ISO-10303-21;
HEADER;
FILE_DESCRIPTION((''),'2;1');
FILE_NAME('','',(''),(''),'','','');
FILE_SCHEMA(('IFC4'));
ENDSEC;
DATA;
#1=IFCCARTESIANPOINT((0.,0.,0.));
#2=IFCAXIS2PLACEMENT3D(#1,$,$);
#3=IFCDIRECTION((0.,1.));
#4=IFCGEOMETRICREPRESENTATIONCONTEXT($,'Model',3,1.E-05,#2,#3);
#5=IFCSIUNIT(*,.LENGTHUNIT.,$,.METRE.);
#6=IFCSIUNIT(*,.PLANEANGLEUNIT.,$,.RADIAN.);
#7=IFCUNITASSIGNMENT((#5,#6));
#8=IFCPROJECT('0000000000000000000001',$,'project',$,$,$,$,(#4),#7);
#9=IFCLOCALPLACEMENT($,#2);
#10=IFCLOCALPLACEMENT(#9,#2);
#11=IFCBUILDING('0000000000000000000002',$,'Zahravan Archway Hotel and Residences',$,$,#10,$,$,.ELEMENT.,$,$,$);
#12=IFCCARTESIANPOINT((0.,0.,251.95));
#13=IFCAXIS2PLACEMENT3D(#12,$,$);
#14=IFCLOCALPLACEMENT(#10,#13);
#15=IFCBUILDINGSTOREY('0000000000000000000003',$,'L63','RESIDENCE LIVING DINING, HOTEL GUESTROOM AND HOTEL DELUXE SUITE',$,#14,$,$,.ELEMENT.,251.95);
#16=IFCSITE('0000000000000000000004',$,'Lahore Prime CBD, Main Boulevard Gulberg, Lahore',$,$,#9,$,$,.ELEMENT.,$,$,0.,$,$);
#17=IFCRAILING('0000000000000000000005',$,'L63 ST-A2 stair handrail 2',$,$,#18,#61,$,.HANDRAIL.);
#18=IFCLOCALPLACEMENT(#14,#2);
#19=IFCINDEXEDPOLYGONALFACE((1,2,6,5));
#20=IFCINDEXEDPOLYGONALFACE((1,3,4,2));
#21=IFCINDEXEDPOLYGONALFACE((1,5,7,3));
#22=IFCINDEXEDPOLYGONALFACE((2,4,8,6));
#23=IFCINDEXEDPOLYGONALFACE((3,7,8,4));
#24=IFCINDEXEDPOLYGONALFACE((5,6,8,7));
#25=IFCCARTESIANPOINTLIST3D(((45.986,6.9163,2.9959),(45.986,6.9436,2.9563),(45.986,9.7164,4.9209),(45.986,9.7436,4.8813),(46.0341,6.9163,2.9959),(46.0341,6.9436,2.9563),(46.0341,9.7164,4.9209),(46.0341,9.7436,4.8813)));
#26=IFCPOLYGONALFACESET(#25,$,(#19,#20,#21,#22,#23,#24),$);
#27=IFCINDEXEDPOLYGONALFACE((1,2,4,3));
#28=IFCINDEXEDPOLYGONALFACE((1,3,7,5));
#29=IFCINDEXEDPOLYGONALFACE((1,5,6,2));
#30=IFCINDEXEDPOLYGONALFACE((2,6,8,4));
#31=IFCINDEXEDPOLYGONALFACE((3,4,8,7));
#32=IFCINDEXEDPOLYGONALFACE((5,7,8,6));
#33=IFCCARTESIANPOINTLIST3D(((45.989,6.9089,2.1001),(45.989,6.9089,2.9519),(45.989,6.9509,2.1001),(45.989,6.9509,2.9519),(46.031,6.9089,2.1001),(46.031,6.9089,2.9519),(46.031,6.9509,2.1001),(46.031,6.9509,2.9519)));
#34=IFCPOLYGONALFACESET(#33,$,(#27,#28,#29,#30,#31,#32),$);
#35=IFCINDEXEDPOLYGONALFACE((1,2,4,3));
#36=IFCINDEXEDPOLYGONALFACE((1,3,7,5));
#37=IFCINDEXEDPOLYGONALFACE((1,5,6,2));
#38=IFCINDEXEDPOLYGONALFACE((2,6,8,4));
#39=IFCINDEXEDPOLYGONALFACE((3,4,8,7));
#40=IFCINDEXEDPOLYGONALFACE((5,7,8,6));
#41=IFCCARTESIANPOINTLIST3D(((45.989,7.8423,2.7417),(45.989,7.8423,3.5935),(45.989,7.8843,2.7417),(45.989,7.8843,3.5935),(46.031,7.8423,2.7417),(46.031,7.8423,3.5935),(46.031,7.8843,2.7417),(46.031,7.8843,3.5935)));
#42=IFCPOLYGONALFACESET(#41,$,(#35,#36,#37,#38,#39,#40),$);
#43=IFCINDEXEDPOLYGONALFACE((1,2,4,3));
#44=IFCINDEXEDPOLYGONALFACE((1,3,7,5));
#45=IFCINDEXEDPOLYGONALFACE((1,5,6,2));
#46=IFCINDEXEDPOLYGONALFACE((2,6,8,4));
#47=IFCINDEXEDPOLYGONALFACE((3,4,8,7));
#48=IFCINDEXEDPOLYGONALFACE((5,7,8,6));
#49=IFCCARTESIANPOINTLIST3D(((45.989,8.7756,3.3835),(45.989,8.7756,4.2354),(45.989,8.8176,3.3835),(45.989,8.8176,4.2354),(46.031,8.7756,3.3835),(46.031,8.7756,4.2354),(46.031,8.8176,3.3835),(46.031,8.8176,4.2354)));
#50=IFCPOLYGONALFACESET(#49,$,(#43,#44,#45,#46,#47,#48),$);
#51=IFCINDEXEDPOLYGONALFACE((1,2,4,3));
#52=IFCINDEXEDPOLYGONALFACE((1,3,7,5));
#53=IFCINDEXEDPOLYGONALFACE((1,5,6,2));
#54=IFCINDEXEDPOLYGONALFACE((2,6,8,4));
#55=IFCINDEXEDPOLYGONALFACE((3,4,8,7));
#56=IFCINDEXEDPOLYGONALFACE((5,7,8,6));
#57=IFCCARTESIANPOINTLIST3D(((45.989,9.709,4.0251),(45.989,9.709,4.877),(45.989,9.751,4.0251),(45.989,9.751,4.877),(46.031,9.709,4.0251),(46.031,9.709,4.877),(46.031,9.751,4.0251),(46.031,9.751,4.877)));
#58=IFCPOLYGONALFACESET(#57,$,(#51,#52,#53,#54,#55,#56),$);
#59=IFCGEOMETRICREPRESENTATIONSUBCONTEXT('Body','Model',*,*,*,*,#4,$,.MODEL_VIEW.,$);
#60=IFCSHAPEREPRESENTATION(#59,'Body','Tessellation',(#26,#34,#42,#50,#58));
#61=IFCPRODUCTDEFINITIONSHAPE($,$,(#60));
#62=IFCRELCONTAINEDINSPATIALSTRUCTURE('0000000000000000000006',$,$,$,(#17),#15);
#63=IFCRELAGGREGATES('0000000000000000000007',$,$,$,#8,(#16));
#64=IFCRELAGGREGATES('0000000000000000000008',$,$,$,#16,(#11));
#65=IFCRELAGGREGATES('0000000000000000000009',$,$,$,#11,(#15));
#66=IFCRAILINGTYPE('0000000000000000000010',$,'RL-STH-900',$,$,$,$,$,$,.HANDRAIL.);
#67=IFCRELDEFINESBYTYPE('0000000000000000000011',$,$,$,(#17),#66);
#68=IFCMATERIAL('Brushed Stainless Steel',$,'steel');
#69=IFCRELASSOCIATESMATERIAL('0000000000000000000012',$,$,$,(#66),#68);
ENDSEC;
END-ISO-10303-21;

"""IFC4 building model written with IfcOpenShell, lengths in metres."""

from ifc_helpers import new_model, si_unit, direction, frame, origin, origin_2d, place, context, subcontext, project, spatial, rectangle, extrude, material, type_object, element, save


model = new_model("IFC4")

# Units and contexts
model_context = context("Model", 3, precision=1e-05, world=origin(), true_north=direction((0.0, 1.0)))
body_context = subcontext(model_context, "Body", "Model", "MODEL_VIEW")
ifc_project = project(units=[si_unit("LENGTHUNIT", "METRE"), si_unit("PLANEANGLEUNIT", "RADIAN")], contexts=[model_context])

# Site, building, storey
site_placement = place(None, origin())
site = spatial("IfcSite", under=ifc_project, at=site_placement, Name="Lahore Prime CBD, Main Boulevard Gulberg, Lahore", CompositionType="ELEMENT", RefElevation=0.0)
building_placement = place(site_placement, origin())
building = spatial("IfcBuilding", under=site, at=building_placement, Name="Zahravan Archway Hotel and Residences", CompositionType="ELEMENT")
storey_placement = place(building_placement, frame((0.0, 0.0, 251.95)))
storey = spatial("IfcBuildingStorey", under=building, at=storey_placement, Name="L63", Description="RESIDENCE LIVING DINING, HOTEL GUESTROOM AND HOTEL DELUXE SUITE", CompositionType="ELEMENT", Elevation=251.95)

# Railing
ifc_material_1 = material(Name="Brushed Stainless Steel", Category="steel")
railing_type_1 = type_object("IfcRailingType", Name="RL-STH-900", PredefinedType="HANDRAIL", material=ifc_material_1)
railing_1_placement = place(storey_placement, frame((46.01, 6.9299, 2.1001)))
element("IfcRailing", 1, at=railing_1_placement, inside=storey, type_object=railing_type_1, Name="L63 ST-A2 stair handrail 2", PredefinedType="HANDRAIL", context=body_context, shape_type="SweptSolid", body=[
    extrude(rectangle(XDim=0.0481, YDim=0.0481, at=origin_2d()), frame((0.0, 0.0, 0.876), z_axis=(0.0, 0.82404, 0.566532), x_axis=(-1.0, 0.0, 0.0)), (0.0, 0.0, 1.0), 3.3979),
    extrude(rectangle(XDim=0.042, YDim=0.042, at=origin_2d()), origin(), (0.0, 0.0, 1.0), 0.8518),
    extrude(rectangle(XDim=0.042, YDim=0.042, at=origin_2d()), frame((0.0, 0.9333, 0.6416)), (0.0, 0.0, 1.0), 0.8518),
    extrude(rectangle(XDim=0.042, YDim=0.042, at=origin_2d()), frame((0.0, 1.8667, 1.2834)), (0.0, 0.0, 1.0), 0.8518),
    extrude(rectangle(XDim=0.042, YDim=0.042, at=origin_2d()), frame((0.0, 2.8, 1.925)), (0.0, 0.0, 1.0), 0.8518),
])

save(model, "model.ifc")
